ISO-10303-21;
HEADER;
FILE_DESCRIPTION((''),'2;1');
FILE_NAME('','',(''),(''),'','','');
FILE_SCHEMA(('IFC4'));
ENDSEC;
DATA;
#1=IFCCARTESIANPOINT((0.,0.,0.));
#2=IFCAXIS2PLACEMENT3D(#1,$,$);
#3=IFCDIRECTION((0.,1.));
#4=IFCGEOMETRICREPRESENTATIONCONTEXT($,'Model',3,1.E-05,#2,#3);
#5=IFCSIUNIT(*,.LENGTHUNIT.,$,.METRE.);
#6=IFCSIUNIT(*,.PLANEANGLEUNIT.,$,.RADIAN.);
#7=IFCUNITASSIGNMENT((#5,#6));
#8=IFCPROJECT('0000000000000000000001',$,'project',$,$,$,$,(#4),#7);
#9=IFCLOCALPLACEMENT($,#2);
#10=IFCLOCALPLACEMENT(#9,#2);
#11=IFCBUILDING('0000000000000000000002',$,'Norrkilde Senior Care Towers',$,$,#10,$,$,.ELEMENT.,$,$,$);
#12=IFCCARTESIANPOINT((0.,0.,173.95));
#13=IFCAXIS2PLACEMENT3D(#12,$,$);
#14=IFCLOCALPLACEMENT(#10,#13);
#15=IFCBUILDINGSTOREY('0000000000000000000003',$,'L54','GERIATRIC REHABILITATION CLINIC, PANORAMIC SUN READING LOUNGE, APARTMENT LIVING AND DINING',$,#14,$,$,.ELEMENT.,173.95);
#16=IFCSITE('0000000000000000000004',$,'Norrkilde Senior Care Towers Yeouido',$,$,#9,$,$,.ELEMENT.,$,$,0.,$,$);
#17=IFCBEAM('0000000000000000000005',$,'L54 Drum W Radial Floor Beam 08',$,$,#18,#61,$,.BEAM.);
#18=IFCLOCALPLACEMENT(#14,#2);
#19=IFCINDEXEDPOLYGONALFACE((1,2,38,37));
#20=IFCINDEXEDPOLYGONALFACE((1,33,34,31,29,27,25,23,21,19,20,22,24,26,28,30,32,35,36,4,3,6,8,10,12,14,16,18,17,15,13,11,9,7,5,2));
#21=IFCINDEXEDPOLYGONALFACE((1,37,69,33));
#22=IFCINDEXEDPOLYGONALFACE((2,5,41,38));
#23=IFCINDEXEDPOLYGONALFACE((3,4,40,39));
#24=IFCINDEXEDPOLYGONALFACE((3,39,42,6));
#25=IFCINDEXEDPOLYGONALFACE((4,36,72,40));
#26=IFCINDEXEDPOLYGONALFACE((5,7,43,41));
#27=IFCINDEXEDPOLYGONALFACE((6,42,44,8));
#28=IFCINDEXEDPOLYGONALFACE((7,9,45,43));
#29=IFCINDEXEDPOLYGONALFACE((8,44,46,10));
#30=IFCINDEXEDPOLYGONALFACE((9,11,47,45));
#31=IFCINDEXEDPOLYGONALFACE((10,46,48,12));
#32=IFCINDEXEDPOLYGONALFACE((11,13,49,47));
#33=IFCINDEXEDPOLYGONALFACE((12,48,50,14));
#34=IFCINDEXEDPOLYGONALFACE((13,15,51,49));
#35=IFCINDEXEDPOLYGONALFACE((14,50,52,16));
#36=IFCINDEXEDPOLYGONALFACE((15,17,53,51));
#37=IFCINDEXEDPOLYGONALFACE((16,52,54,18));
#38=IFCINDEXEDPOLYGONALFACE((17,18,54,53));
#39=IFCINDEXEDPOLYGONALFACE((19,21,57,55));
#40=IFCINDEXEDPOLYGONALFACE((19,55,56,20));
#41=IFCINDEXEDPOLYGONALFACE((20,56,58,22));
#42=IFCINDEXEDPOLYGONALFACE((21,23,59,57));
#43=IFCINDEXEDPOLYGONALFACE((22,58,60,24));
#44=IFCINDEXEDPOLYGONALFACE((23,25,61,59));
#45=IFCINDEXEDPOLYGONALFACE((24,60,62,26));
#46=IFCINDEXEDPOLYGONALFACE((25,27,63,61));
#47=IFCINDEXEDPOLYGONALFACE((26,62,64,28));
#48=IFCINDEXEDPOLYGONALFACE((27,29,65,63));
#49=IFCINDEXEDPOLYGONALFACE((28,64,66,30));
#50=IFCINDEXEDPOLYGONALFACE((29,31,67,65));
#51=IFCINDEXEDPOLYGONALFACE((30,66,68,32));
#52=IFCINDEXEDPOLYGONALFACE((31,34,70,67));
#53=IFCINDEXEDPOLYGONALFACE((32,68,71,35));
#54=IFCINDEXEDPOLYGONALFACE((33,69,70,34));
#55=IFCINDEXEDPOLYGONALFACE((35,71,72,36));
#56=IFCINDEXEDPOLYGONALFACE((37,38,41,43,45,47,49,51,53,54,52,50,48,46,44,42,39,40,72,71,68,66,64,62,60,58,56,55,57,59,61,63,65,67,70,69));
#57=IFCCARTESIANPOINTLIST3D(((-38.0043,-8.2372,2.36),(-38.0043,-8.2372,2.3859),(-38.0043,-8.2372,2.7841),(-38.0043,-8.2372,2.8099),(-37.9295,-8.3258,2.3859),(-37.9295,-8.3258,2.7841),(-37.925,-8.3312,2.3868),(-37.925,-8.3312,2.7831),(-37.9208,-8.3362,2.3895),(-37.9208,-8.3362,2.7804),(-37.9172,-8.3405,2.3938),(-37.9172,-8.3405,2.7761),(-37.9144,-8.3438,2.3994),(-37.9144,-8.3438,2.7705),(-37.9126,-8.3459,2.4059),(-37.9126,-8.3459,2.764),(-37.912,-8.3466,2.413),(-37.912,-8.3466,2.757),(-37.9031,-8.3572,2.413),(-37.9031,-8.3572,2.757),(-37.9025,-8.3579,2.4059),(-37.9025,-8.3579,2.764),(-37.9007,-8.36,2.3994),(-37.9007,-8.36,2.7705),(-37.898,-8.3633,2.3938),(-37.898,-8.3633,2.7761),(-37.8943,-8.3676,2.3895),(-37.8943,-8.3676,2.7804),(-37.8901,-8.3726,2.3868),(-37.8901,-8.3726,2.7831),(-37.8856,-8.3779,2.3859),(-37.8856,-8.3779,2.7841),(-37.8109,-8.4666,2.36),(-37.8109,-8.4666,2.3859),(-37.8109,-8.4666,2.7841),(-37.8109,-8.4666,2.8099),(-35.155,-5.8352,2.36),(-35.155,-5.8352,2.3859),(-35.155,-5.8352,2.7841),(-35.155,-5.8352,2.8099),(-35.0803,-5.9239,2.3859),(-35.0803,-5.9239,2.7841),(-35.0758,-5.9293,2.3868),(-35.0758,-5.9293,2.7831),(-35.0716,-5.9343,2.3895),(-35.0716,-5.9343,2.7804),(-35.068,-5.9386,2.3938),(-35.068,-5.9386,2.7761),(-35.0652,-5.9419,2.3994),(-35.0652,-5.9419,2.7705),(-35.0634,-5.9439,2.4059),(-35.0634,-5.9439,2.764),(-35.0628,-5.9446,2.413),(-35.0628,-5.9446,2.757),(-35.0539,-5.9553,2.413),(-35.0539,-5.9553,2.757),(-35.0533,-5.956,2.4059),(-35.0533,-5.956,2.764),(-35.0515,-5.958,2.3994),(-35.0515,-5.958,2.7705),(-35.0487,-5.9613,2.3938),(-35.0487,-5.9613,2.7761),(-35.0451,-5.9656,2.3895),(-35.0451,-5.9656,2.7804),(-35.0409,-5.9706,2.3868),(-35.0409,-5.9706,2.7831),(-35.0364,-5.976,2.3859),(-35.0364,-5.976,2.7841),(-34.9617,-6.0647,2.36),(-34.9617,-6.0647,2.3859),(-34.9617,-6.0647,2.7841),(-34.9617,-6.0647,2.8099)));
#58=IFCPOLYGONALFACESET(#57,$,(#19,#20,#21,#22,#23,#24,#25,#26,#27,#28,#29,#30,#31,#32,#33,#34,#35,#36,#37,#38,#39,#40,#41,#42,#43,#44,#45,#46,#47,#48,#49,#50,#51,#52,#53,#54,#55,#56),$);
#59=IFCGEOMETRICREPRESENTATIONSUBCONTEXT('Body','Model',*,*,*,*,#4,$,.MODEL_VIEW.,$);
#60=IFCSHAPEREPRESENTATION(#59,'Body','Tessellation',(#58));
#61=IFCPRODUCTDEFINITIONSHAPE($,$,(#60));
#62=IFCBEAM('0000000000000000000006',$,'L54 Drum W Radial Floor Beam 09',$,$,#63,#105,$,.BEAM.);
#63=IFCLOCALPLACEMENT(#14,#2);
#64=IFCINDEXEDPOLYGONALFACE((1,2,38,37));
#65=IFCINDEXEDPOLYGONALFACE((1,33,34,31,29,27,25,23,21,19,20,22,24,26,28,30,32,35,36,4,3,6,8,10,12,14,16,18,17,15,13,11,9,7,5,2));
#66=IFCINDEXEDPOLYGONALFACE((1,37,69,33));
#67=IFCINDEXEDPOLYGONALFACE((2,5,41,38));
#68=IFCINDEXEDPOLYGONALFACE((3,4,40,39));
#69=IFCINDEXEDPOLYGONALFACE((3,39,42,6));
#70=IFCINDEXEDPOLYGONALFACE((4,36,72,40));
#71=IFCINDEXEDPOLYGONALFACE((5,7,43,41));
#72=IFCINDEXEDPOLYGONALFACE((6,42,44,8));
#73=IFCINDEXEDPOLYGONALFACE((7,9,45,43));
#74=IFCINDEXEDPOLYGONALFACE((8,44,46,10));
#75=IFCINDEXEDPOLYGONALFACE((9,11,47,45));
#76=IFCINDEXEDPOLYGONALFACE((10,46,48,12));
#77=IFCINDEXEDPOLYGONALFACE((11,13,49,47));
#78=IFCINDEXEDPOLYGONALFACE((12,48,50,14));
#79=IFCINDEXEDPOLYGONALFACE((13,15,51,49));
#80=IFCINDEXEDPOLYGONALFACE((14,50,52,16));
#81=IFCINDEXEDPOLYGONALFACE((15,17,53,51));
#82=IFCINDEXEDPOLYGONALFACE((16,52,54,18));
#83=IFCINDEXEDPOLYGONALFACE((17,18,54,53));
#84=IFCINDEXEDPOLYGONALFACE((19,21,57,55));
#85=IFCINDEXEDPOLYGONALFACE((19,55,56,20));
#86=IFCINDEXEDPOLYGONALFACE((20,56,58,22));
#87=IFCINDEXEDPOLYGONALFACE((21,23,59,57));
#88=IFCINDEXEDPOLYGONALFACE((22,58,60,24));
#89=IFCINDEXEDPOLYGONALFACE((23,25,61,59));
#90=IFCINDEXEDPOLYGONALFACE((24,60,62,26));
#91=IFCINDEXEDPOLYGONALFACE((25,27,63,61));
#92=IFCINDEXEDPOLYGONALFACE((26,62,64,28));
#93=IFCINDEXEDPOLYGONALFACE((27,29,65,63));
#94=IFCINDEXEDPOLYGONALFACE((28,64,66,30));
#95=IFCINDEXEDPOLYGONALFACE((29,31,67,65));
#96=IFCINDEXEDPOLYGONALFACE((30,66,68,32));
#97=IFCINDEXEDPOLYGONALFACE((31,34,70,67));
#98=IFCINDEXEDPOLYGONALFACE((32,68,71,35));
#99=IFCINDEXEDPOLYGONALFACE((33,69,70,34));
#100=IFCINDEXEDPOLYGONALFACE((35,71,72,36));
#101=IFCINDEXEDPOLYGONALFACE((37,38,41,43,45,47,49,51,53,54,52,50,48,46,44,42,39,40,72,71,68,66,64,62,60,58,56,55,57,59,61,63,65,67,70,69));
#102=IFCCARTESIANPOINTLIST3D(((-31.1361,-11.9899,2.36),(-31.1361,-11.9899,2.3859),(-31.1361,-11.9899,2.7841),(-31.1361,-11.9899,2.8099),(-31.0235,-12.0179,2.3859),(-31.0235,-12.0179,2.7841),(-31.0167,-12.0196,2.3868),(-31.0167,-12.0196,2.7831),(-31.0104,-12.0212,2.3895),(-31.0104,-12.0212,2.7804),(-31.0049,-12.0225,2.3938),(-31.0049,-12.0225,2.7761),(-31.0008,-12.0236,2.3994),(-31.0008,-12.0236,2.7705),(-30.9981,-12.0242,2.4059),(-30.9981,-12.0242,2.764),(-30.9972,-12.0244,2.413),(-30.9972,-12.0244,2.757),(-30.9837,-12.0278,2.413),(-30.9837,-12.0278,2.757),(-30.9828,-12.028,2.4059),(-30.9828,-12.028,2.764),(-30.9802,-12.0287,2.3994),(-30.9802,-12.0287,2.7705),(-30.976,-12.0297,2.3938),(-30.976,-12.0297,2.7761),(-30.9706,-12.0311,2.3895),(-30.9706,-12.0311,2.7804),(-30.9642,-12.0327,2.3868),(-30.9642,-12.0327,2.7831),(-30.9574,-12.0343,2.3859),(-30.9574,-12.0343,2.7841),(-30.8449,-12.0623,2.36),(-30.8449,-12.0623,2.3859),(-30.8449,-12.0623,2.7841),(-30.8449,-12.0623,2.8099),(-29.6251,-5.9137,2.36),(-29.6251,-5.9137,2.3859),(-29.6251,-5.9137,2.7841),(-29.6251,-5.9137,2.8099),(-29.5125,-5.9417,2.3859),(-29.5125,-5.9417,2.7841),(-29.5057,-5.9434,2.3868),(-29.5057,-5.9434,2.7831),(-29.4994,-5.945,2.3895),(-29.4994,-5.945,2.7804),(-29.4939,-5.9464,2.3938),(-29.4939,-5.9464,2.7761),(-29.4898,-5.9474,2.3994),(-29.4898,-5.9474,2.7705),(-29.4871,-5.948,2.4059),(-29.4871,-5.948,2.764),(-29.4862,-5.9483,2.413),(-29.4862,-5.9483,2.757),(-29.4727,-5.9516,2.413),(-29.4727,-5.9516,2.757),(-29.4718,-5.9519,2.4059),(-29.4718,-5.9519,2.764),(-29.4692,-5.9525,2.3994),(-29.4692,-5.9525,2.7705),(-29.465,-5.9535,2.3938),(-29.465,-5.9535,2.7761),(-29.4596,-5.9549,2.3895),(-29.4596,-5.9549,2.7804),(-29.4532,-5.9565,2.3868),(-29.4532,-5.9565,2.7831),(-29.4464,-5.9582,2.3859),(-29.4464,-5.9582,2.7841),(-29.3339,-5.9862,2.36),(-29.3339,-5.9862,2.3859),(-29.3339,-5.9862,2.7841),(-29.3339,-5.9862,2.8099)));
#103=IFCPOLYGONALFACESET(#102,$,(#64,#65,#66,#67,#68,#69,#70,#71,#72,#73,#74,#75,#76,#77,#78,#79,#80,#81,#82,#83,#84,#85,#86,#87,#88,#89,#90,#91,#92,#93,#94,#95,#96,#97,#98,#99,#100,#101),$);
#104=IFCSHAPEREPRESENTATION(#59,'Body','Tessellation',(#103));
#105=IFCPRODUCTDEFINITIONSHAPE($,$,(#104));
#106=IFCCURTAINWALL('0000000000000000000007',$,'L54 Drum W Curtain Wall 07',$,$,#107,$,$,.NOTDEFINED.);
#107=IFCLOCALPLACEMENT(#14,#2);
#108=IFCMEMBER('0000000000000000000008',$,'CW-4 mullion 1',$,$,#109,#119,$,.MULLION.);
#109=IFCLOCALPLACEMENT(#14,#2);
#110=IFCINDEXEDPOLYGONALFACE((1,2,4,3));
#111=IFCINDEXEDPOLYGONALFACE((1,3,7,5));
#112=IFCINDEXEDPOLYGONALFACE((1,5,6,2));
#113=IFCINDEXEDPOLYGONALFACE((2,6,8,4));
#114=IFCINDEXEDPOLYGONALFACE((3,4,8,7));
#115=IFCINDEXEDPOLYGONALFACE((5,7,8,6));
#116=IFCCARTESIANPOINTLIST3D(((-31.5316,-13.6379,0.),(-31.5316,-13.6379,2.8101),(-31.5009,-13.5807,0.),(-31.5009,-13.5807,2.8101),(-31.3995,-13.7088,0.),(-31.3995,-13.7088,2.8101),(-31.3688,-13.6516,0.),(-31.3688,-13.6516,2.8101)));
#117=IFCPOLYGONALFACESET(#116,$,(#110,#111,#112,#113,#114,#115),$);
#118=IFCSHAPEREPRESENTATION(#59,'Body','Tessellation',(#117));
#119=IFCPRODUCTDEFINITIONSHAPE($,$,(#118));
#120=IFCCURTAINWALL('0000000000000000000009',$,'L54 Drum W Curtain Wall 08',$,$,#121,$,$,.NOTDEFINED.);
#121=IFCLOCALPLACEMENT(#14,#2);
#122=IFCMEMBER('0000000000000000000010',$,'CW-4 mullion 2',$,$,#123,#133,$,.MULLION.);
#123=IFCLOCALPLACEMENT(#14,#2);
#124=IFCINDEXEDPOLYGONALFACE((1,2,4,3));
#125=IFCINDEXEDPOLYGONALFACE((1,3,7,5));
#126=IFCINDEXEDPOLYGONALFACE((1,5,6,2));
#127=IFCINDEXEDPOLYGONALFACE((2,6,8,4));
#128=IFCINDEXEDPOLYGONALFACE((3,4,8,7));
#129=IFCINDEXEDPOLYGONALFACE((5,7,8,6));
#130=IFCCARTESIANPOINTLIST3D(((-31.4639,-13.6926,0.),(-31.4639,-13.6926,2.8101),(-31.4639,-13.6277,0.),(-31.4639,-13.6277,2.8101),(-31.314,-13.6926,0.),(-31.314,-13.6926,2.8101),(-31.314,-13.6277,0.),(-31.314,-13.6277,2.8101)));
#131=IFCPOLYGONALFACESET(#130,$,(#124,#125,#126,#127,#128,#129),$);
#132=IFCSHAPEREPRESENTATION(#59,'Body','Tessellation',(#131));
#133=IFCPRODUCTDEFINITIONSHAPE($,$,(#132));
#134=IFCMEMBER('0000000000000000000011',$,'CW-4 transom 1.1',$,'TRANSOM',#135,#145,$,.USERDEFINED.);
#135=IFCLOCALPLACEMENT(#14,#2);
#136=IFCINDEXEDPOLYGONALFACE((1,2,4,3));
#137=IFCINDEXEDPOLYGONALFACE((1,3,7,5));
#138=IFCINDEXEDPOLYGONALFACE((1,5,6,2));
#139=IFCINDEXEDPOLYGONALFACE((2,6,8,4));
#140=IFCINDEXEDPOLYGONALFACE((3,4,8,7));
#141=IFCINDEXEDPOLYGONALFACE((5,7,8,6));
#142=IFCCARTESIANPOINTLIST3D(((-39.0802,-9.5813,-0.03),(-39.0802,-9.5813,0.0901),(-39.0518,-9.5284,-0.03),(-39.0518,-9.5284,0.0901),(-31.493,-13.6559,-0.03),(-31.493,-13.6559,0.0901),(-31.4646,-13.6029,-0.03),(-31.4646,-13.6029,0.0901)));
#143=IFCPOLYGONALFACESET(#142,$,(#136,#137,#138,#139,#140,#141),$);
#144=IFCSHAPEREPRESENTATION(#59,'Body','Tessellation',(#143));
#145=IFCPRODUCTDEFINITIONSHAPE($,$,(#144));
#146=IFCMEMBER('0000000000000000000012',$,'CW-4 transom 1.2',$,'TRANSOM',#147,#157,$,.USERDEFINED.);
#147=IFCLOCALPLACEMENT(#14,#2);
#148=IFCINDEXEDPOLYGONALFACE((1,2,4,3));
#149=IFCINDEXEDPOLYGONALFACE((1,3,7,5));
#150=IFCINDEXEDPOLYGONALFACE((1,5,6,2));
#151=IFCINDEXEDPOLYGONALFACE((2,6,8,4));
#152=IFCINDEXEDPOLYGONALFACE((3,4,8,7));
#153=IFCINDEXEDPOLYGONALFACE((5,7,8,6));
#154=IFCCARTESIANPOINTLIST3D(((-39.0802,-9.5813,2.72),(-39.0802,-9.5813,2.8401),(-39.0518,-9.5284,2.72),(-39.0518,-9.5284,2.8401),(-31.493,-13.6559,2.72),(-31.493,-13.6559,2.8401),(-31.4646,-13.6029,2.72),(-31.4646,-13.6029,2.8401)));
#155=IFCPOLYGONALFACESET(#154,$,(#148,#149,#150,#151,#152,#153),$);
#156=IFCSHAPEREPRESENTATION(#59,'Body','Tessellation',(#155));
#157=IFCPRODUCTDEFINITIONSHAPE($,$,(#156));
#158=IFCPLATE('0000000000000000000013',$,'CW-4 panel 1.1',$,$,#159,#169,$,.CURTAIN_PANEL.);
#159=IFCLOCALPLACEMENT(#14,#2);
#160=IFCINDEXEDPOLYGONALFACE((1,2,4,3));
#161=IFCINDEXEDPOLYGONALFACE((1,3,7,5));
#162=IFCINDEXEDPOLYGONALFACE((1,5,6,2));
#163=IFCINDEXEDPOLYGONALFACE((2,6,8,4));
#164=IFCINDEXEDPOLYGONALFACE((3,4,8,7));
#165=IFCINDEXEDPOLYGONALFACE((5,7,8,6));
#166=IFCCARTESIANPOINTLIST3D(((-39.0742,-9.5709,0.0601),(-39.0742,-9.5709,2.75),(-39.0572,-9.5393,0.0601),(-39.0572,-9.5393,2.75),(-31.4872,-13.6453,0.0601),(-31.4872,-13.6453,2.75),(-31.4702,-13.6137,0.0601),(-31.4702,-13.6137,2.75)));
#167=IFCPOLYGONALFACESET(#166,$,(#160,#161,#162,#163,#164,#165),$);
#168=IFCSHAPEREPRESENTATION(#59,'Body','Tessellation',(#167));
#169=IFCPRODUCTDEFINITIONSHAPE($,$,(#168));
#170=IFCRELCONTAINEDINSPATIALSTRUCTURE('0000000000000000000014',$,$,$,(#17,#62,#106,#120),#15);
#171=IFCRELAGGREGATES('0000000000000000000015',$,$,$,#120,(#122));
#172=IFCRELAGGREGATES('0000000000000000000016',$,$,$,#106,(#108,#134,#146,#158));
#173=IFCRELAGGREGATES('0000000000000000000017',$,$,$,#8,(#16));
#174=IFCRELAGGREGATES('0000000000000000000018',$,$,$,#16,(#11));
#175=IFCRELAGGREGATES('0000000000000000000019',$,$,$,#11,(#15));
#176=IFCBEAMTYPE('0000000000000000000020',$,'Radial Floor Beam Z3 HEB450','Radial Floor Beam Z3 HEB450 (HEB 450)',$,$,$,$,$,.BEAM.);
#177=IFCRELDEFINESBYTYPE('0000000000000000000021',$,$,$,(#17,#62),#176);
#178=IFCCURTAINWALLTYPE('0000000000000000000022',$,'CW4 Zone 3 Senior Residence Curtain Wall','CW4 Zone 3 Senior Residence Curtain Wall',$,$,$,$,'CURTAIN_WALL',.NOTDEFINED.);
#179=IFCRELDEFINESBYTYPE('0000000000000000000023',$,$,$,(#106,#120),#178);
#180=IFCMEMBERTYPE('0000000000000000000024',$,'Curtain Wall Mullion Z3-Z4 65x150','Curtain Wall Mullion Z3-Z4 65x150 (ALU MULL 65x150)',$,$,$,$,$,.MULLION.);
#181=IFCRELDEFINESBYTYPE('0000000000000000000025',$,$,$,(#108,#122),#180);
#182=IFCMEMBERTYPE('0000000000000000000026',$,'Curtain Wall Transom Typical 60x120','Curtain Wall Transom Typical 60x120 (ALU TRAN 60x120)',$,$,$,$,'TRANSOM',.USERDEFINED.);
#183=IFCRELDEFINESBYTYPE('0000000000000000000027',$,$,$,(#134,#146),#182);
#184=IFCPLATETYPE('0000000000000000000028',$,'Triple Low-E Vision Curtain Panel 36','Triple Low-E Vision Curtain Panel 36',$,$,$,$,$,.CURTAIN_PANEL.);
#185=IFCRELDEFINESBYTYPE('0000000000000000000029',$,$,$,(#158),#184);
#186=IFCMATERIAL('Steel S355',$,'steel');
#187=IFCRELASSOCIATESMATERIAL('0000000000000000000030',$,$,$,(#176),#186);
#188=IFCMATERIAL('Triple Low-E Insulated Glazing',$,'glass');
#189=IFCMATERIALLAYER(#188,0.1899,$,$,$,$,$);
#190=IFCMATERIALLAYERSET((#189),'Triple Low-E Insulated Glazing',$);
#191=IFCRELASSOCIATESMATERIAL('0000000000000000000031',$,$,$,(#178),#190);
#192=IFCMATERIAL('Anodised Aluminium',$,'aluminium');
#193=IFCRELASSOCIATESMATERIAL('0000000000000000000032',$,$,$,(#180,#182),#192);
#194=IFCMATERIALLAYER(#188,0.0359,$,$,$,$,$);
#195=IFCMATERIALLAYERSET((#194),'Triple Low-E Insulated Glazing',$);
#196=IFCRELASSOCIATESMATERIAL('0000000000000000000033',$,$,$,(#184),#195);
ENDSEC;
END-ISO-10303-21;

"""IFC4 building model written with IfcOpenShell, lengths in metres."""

from ifc_helpers import new_model, si_unit, direction, frame, origin, origin_2d, place, context, subcontext, project, spatial, rectangle, i_section, extrude, source, transform, mapped, material, layer, layer_set, material_profile, profile_set, type_object, type_shapes, element, aggregate, save


model = new_model("IFC4")

# Units and contexts
model_context = context("Model", 3, precision=1e-05, world=origin(), true_north=direction((0.0, 1.0)))
body_context = subcontext(model_context, "Body", "Model", "MODEL_VIEW")
ifc_project = project(units=[si_unit("LENGTHUNIT", "METRE"), si_unit("PLANEANGLEUNIT", "RADIAN")], contexts=[model_context])

# Site, building, storey
site_placement = place(None, origin())
site = spatial("IfcSite", under=ifc_project, at=site_placement, Name="Norrkilde Senior Care Towers Yeouido", CompositionType="ELEMENT", RefElevation=0.0)
building_placement = place(site_placement, origin())
building = spatial("IfcBuilding", under=site, at=building_placement, Name="Norrkilde Senior Care Towers", CompositionType="ELEMENT")
storey_placement = place(building_placement, frame((0.0, 0.0, 173.95)))
storey = spatial("IfcBuildingStorey", under=building, at=storey_placement, Name="L54", Description="GERIATRIC REHABILITATION CLINIC, PANORAMIC SUN READING LOUNGE, APARTMENT LIVING AND DINING", CompositionType="ELEMENT", Elevation=173.95)

# Beams
ifc_material_1 = material(Name="Steel S355", Category="steel")
ifc_material_profile_1 = material_profile(ifc_material_1, i_section(OverallWidth=0.3, OverallDepth=0.45, WebThickness=0.0139, FlangeThickness=0.0259, FilletRadius=0.0271, at=origin_2d()), Name="HEB 450")
ifc_profile_set_1 = profile_set([ifc_material_profile_1], Name="Steel S355")
beam_type_1 = type_object("IfcBeamType", Name="Radial Floor Beam Z3 HEB450", Description="Radial Floor Beam Z3 HEB450 (HEB 450)", PredefinedType="BEAM", material=ifc_profile_set_1)
shared_shape_1 = source(origin(), body_context, "Body", "SweptSolid", [
    extrude(i_section(OverallWidth=0.3, OverallDepth=0.45, WebThickness=0.0139, FlangeThickness=0.0259, FilletRadius=0.0271, at=origin_2d()), origin(), (0.0, 0.0, 1.0), 3.7266),
])
beam_1_placement = place(storey_placement, frame((-35.0583, -5.95, 2.585), z_axis=(-0.764568, -0.644543, 0.0), x_axis=(0.644543, -0.764568, 0.0)))
element("IfcBeam", 1, at=beam_1_placement, inside=storey, type_object=beam_type_1, Name="L54 Drum W Radial Floor Beam 08", PredefinedType="BEAM", context=body_context, shape_type="MappedRepresentation", body=[
    mapped(shared_shape_1, transform((0.0, 0.0, 0.0), x_axis=(1.0, 0.0, 0.0), y_axis=(0.0, 1.0, 0.0), z_axis=(0.0, 0.0, 1.0), scale=1.0)),
])
shared_shape_2 = source(origin(), body_context, "Body", "SweptSolid", [
    extrude(i_section(OverallWidth=0.3, OverallDepth=0.45, WebThickness=0.0139, FlangeThickness=0.0259, FilletRadius=0.0271, at=origin_2d()), origin(), (0.0, 0.0, 1.0), 6.2612),
])
beam_2_placement = place(storey_placement, frame((-29.4795, -5.95, 2.585), z_axis=(-0.241324, -0.970445, 0.0), x_axis=(0.970445, -0.241324, 0.0)))
element("IfcBeam", 2, at=beam_2_placement, inside=storey, type_object=beam_type_1, Name="L54 Drum W Radial Floor Beam 09", PredefinedType="BEAM", context=body_context, shape_type="MappedRepresentation", body=[
    mapped(shared_shape_2, transform((0.0, 0.0, 0.0), x_axis=(1.0, 0.0, 0.0), y_axis=(0.0, 1.0, 0.0), z_axis=(0.0, 0.0, 1.0), scale=1.0)),
])

# Curtain walls, members
ifc_material_2 = material(Name="Triple Low-E Insulated Glazing", Category="glass")
ifc_layer_1 = layer(ifc_material_2, 0.1899)
ifc_layer_set_1 = layer_set([ifc_layer_1], Name="Triple Low-E Insulated Glazing")
curtain_wall_type = type_object("IfcCurtainWallType", Name="CW4 Zone 3 Senior Residence Curtain Wall", Description="CW4 Zone 3 Senior Residence Curtain Wall", ElementType="CURTAIN_WALL", PredefinedType="NOTDEFINED", material=ifc_layer_set_1)
curtain_wall_1_placement = place(storey_placement, origin())
curtain_wall_1 = element("IfcCurtainWall", 3, at=curtain_wall_1_placement, inside=storey, type_object=curtain_wall_type, Name="L54 Drum W Curtain Wall 07", PredefinedType="NOTDEFINED")
ifc_material_3 = material(Name="Anodised Aluminium", Category="aluminium")
ifc_material_profile_2 = material_profile(ifc_material_3, rectangle(XDim=0.0649, YDim=0.1499, at=origin_2d()), Name="ALU MULL 65x150")
ifc_profile_set_2 = profile_set([ifc_material_profile_2], Name="Anodised Aluminium")
member_type_1 = type_object("IfcMemberType", Name="Curtain Wall Mullion Z3-Z4 65x150", Description="Curtain Wall Mullion Z3-Z4 65x150 (ALU MULL 65x150)", PredefinedType="MULLION", material=ifc_profile_set_2)
shared_shape_3 = source(origin(), body_context, "Body", "SweptSolid", [
    extrude(rectangle(XDim=0.0649, YDim=0.1499, at=origin_2d()), origin(), (0.0, 0.0, 1.0), 2.8101),
])
type_shapes(member_type_1, [shared_shape_3])
member_1_placement = place(storey_placement, frame((-31.4502, -13.6448, 0.0), z_axis=(0.0, 0.0, 1.0), x_axis=(-0.473117, -0.881, 0.0)))
member_1 = element("IfcMember", 4, at=member_1_placement, type_object=member_type_1, Name="CW-4 mullion 1", PredefinedType="MULLION", context=body_context, shape_type="MappedRepresentation", body=[
    mapped(shared_shape_3, transform((0.0, 0.0, 0.0), x_axis=(1.0, 0.0, 0.0), y_axis=(0.0, 1.0, 0.0), z_axis=(0.0, 0.0, 1.0), scale=1.0)),
])
curtain_wall_2_placement = place(storey_placement, origin())
curtain_wall_2 = element("IfcCurtainWall", 5, at=curtain_wall_2_placement, inside=storey, type_object=curtain_wall_type, Name="L54 Drum W Curtain Wall 08", PredefinedType="NOTDEFINED")
member_2_placement = place(storey_placement, frame((-31.3889, -13.6602, 0.0), z_axis=(0.0, 0.0, 1.0), x_axis=(0.0, -1.0, 0.0)))
member_2 = element("IfcMember", 6, at=member_2_placement, type_object=member_type_1, Name="CW-4 mullion 2", PredefinedType="MULLION", context=body_context, shape_type="MappedRepresentation", body=[
    mapped(shared_shape_3, transform((0.0, 0.0, 0.0), x_axis=(1.0, 0.0, 0.0), y_axis=(0.0, 1.0, 0.0), z_axis=(0.0, 0.0, 1.0), scale=1.0)),
])
aggregate(curtain_wall_2, [member_2])

# Members
ifc_material_profile_3 = material_profile(ifc_material_3, rectangle(XDim=0.0601, YDim=0.1201, at=origin_2d()), Name="ALU TRAN 60x120")
ifc_profile_set_3 = profile_set([ifc_material_profile_3], Name="Anodised Aluminium")
member_type_2 = type_object("IfcMemberType", Name="Curtain Wall Transom Typical 60x120", Description="Curtain Wall Transom Typical 60x120 (ALU TRAN 60x120)", ElementType="TRANSOM", PredefinedType="USERDEFINED", material=ifc_profile_set_3)
shared_shape_4 = source(origin(), body_context, "Body", "SweptSolid", [
    extrude(rectangle(XDim=0.0601, YDim=0.1201, at=origin_2d()), origin(), (0.0, 0.0, 1.0), 8.6121),
])
type_shapes(member_type_2, [shared_shape_4])
member_3_placement = place(storey_placement, frame((-31.4788, -13.6294, 0.03), z_axis=(-0.881, 0.473116, 0.0), x_axis=(-0.473116, -0.881, 0.0)))
member_3 = element("IfcMember", 7, at=member_3_placement, type_object=member_type_2, Name="CW-4 transom 1.1", ObjectType="TRANSOM", PredefinedType="USERDEFINED", context=body_context, shape_type="MappedRepresentation", body=[
    mapped(shared_shape_4, transform((0.0, 0.0, 0.0), x_axis=(1.0, 0.0, 0.0), y_axis=(0.0, 1.0, 0.0), z_axis=(0.0, 0.0, 1.0), scale=1.0)),
])
member_4_placement = place(storey_placement, frame((-31.4788, -13.6294, 2.78), z_axis=(-0.881, 0.473116, 0.0), x_axis=(-0.473116, -0.881, 0.0)))
member_4 = element("IfcMember", 8, at=member_4_placement, type_object=member_type_2, Name="CW-4 transom 1.2", ObjectType="TRANSOM", PredefinedType="USERDEFINED", context=body_context, shape_type="MappedRepresentation", body=[
    mapped(shared_shape_4, transform((0.0, 0.0, 0.0), x_axis=(1.0, 0.0, 0.0), y_axis=(0.0, 1.0, 0.0), z_axis=(0.0, 0.0, 1.0), scale=1.0)),
])

# Plate
ifc_layer_2 = layer(ifc_material_2, 0.0359)
ifc_layer_set_2 = layer_set([ifc_layer_2], Name="Triple Low-E Insulated Glazing")
plate_type = type_object("IfcPlateType", Name="Triple Low-E Vision Curtain Panel 36", Description="Triple Low-E Vision Curtain Panel 36", PredefinedType="CURTAIN_PANEL", material=ifc_layer_set_2)
shared_shape_5 = source(origin(), body_context, "Body", "SweptSolid", [
    extrude(rectangle(XDim=8.6118, YDim=0.0359, at=origin_2d()), origin(), (0.0, 0.0, 1.0), 2.6899),
])
type_shapes(plate_type, [shared_shape_5])
plate_placement = place(storey_placement, frame((-35.2722, -11.5923, 0.0601), z_axis=(0.0, 0.0, 1.0), x_axis=(-0.881, 0.473117, 0.0)))
plate = element("IfcPlate", 9, at=plate_placement, type_object=plate_type, Name="CW-4 panel 1.1", PredefinedType="CURTAIN_PANEL", context=body_context, shape_type="MappedRepresentation", body=[
    mapped(shared_shape_5, transform((0.0, 0.0, 0.0), x_axis=(1.0, 0.0, 0.0), y_axis=(0.0, 1.0, 0.0), z_axis=(0.0, 0.0, 1.0), scale=1.0)),
])
aggregate(curtain_wall_1, [member_1, member_3, member_4, plate])

save(model, "model.ifc")
